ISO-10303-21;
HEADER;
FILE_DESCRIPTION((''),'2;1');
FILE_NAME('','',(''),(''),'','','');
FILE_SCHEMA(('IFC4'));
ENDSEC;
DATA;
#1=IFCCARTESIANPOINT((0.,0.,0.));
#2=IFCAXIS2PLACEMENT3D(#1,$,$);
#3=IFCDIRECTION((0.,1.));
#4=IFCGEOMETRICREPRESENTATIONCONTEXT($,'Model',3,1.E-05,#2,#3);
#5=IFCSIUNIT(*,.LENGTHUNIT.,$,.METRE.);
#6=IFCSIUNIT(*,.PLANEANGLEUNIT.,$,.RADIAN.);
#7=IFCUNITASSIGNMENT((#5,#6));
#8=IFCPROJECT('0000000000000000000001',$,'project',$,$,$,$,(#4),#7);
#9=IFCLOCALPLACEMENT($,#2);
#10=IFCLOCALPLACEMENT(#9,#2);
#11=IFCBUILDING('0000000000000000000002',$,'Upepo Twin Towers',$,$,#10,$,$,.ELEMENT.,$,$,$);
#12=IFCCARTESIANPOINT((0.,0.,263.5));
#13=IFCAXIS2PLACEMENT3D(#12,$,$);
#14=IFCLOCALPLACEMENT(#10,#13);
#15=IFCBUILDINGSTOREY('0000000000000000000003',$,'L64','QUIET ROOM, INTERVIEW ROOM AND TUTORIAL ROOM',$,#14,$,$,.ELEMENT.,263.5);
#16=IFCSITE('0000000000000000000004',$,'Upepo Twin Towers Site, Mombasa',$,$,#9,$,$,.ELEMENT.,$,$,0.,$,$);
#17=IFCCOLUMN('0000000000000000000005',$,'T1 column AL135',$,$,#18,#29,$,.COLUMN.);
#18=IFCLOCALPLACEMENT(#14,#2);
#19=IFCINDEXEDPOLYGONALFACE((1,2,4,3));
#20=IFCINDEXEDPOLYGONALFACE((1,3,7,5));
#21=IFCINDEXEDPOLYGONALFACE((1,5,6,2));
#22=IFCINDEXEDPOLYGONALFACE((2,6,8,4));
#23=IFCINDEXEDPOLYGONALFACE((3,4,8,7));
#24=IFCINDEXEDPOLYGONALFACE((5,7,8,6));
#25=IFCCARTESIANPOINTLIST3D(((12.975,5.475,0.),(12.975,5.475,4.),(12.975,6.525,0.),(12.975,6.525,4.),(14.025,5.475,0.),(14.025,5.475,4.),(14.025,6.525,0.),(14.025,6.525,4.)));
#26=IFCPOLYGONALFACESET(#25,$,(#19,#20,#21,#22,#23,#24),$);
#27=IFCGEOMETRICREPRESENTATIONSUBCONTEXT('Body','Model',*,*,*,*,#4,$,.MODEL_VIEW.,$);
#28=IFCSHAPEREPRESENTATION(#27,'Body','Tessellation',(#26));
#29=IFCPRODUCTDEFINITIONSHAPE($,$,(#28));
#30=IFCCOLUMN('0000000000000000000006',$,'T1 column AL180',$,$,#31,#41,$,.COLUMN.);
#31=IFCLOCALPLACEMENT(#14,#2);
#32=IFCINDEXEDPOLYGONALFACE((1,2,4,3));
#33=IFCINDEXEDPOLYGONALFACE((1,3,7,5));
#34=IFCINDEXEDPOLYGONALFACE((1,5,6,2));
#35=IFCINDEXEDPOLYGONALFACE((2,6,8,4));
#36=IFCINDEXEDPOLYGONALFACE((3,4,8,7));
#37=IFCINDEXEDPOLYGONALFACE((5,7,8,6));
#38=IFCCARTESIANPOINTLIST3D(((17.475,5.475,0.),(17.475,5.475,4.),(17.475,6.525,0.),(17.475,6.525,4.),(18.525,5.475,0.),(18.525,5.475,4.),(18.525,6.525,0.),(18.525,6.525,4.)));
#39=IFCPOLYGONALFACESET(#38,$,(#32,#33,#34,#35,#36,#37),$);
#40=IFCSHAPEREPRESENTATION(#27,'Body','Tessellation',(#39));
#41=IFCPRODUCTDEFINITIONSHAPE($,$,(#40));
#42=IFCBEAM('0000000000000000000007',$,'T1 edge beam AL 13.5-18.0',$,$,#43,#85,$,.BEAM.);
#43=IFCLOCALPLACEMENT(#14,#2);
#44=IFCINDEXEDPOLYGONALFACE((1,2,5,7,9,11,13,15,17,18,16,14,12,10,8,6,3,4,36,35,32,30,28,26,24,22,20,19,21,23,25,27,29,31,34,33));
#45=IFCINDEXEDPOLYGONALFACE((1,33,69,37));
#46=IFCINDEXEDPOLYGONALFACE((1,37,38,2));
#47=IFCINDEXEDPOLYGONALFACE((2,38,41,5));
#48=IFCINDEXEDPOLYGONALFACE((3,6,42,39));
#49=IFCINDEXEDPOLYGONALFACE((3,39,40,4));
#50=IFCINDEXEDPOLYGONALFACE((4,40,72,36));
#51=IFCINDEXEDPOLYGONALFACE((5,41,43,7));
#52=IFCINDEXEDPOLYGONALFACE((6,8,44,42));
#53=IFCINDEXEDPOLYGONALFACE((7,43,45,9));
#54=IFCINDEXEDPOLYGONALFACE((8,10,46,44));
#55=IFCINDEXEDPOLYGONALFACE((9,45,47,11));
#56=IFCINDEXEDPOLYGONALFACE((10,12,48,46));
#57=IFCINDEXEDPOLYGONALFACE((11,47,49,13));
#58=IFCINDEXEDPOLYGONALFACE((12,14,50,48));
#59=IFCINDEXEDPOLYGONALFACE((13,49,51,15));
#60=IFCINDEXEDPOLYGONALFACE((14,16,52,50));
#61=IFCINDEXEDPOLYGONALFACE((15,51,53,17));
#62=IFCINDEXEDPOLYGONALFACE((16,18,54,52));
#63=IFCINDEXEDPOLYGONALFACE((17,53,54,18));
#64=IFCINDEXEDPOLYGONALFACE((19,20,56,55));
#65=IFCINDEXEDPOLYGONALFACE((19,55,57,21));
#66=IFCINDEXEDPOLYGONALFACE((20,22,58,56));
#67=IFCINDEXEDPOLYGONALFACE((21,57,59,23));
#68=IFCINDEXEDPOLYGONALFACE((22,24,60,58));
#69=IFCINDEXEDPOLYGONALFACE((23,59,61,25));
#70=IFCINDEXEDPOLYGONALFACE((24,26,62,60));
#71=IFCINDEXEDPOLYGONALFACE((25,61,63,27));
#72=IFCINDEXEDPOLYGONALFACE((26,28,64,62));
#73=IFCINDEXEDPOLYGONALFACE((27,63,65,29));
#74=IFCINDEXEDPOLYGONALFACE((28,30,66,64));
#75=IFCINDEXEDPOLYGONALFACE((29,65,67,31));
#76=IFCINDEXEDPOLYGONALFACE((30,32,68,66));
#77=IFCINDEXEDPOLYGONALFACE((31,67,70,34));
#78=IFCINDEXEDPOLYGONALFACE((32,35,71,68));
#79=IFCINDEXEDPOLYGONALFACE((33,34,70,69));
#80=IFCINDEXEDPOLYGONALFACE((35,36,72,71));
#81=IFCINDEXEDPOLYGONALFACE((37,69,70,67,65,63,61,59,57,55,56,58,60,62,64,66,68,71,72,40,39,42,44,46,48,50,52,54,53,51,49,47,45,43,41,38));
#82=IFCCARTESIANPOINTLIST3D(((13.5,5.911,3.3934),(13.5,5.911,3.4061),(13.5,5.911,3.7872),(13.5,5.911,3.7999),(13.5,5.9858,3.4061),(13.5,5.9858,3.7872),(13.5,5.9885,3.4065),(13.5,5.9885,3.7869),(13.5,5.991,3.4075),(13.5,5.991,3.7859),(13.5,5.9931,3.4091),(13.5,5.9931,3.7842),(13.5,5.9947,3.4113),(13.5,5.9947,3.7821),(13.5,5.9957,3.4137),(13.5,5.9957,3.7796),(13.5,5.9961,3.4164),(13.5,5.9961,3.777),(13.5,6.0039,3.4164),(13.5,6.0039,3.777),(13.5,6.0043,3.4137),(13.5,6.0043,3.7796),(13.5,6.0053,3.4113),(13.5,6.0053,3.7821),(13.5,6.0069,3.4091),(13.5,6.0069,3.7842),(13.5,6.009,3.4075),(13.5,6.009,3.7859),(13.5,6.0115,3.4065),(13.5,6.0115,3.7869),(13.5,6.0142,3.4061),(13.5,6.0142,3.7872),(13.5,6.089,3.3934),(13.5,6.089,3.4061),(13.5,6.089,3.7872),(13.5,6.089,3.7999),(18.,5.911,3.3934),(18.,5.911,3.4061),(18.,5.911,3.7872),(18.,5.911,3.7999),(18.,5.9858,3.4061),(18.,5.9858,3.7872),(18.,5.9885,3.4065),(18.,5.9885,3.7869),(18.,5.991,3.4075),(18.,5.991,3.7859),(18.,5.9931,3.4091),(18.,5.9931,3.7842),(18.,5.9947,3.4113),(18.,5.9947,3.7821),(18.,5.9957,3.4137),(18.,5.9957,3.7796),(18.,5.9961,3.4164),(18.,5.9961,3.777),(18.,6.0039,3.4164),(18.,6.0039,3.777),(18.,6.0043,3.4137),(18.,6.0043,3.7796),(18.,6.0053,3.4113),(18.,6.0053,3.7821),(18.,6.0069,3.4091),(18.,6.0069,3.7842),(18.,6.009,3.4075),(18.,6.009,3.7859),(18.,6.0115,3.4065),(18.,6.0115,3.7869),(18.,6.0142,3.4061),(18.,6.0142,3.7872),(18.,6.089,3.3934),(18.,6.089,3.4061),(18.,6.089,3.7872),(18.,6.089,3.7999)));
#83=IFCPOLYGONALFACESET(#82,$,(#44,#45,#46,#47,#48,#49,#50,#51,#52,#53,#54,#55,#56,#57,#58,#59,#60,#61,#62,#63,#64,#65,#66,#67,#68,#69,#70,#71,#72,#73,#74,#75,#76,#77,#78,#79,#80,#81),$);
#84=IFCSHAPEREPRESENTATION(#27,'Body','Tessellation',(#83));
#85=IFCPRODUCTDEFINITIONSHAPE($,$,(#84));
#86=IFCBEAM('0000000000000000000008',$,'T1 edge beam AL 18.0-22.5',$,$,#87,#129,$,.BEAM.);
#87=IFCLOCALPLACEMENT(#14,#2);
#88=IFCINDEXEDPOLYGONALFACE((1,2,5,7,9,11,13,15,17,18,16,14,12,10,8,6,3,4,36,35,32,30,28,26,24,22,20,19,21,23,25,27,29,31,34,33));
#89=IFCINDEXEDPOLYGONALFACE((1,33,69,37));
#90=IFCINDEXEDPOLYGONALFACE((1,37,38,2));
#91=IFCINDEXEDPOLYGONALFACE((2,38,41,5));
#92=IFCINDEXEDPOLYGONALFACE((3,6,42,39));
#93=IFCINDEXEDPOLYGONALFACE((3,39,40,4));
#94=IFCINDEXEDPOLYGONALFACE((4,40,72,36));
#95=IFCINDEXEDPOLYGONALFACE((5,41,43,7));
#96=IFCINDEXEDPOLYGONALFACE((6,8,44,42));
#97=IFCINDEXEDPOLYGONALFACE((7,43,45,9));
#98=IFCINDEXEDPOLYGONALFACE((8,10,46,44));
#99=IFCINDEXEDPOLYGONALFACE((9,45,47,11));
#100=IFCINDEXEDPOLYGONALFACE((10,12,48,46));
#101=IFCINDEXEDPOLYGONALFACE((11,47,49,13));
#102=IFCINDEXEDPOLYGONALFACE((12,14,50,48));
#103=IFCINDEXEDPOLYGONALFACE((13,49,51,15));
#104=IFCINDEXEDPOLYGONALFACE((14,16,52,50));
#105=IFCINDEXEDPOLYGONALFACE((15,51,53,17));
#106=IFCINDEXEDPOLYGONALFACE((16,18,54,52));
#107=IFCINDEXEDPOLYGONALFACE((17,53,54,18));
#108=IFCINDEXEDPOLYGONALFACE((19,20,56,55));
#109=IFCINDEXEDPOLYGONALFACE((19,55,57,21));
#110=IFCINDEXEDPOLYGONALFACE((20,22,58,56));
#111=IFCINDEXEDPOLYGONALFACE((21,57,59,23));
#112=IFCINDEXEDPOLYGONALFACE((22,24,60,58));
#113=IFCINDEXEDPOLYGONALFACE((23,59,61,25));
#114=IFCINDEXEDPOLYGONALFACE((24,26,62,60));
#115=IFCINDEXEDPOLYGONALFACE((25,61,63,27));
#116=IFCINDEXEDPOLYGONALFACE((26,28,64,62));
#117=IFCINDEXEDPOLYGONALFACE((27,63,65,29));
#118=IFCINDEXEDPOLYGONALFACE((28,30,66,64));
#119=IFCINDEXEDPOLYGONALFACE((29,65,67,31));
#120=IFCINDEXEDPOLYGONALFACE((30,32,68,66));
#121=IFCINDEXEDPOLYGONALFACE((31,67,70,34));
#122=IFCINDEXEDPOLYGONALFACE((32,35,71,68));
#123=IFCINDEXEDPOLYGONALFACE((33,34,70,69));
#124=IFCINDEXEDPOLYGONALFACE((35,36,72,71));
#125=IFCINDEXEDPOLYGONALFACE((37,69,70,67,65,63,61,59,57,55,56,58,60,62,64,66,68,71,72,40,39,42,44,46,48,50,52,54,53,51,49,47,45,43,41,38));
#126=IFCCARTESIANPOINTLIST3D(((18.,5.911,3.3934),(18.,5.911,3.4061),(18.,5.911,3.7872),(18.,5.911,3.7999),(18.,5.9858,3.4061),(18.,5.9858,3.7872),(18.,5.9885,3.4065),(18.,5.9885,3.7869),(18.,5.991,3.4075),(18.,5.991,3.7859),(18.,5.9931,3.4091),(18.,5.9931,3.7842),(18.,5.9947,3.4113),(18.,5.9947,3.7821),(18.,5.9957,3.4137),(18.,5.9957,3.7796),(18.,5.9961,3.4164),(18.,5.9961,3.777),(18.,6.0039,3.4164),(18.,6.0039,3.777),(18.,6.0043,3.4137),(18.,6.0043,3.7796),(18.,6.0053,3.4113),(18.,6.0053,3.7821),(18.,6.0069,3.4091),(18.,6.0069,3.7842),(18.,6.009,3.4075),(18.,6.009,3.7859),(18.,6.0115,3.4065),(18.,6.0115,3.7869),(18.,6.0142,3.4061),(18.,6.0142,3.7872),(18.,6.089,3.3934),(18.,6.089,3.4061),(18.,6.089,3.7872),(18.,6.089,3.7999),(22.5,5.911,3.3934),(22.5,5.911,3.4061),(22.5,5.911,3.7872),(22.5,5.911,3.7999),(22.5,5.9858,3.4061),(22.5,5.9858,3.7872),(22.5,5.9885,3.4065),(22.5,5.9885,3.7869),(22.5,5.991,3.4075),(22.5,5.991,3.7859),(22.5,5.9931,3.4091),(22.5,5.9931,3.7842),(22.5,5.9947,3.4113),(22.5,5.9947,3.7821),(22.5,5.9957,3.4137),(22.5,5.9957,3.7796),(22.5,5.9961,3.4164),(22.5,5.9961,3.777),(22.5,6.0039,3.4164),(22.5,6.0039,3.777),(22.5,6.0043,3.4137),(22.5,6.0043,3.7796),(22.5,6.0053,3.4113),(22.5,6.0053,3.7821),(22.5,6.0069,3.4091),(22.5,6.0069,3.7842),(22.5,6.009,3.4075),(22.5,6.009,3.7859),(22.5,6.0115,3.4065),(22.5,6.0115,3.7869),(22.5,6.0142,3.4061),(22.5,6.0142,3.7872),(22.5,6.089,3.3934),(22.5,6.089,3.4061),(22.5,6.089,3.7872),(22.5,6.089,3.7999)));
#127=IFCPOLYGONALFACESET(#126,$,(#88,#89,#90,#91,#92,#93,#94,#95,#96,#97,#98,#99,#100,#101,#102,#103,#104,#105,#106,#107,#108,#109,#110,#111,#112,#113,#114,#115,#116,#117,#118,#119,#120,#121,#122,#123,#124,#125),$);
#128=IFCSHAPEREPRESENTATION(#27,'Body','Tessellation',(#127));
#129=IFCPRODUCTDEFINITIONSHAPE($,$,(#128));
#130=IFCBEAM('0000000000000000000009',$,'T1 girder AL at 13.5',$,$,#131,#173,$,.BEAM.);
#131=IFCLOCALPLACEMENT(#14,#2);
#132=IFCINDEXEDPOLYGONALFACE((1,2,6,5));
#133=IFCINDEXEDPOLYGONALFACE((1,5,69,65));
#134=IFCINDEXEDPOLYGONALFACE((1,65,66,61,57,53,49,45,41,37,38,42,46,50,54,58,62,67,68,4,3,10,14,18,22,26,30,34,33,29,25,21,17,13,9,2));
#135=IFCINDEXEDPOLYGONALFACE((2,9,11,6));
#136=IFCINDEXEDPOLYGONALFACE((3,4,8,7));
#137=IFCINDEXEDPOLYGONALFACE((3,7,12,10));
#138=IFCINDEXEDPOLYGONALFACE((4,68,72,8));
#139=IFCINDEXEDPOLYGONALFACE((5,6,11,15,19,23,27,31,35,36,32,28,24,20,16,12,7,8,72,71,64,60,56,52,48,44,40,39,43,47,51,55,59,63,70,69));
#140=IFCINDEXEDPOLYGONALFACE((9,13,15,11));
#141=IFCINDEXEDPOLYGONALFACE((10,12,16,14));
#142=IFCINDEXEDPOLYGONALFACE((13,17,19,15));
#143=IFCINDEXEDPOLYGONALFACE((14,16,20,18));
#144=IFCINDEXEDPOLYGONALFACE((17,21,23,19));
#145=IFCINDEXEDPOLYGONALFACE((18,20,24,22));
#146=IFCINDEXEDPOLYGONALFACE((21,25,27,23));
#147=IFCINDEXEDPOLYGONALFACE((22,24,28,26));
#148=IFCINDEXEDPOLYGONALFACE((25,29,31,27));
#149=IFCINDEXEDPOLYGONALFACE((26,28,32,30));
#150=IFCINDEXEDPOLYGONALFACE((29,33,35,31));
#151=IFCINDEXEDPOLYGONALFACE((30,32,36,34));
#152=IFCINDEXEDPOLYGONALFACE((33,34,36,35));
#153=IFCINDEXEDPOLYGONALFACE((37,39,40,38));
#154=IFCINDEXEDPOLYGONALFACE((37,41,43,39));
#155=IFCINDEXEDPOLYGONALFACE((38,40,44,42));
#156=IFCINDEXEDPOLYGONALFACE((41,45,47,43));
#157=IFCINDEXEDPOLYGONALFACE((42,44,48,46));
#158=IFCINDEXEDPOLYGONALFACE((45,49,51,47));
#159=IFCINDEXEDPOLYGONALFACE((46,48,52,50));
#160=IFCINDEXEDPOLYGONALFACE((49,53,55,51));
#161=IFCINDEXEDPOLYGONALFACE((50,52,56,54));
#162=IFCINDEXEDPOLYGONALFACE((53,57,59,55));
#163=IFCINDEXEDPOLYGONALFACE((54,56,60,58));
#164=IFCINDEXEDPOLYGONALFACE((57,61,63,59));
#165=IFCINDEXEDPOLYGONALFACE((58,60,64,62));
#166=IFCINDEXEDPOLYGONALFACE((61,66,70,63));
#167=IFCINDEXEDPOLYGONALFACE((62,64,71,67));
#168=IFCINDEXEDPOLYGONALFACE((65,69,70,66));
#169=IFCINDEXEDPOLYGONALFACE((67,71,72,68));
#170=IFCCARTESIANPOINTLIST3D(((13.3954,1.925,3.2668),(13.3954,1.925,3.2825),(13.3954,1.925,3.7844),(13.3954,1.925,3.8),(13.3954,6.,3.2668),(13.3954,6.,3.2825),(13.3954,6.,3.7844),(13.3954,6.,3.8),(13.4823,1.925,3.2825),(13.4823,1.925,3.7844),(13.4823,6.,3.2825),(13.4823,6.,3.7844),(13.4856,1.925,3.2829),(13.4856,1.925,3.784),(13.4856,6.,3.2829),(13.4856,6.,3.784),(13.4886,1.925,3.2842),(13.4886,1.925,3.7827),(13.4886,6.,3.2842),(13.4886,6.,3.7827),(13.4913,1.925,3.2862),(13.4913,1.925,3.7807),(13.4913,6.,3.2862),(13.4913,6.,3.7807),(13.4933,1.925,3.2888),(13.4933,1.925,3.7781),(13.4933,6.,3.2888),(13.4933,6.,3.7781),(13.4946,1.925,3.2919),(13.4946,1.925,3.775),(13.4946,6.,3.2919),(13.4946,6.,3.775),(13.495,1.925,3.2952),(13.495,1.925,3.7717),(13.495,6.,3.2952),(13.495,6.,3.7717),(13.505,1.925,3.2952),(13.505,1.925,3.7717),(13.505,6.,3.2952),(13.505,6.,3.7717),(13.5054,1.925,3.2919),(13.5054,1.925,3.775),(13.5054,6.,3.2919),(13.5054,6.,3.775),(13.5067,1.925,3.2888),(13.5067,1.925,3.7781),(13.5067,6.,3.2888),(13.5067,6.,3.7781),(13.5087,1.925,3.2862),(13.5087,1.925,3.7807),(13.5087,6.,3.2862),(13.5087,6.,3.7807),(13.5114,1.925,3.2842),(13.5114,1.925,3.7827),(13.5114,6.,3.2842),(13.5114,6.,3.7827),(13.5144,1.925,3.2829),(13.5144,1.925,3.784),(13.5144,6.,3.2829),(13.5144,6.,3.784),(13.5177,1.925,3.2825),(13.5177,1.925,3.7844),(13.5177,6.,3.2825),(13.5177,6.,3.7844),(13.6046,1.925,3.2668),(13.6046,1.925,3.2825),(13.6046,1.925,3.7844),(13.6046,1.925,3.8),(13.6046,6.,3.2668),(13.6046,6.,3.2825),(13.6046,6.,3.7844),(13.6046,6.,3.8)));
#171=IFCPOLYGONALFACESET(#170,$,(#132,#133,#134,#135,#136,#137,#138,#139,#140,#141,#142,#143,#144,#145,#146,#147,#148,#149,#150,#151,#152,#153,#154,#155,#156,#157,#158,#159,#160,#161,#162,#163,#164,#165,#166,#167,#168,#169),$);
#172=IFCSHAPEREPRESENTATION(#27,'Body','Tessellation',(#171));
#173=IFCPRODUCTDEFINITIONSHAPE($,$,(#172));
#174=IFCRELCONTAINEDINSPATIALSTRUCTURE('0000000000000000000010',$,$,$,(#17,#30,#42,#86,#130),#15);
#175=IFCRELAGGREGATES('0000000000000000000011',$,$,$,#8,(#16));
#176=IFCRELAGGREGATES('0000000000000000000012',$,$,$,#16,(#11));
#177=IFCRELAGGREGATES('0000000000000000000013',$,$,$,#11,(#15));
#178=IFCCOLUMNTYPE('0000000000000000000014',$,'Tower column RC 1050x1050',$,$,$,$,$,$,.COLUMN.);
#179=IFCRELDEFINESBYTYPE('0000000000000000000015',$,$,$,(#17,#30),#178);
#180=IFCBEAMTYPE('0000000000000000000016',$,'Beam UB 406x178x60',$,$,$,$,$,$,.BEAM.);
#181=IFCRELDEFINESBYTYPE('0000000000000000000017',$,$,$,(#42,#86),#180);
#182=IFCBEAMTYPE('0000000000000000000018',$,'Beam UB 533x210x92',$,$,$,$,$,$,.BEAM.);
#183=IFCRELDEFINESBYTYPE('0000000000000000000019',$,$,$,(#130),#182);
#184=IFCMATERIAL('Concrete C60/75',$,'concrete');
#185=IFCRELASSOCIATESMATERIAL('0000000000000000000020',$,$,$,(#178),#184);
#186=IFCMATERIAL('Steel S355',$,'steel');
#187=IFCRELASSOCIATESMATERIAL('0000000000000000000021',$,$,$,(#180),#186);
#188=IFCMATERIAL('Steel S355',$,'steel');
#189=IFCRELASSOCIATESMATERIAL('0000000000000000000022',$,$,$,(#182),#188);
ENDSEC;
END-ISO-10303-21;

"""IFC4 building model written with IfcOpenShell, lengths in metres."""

from ifc_helpers import new_model, si_unit, direction, frame, origin, origin_2d, place, context, subcontext, project, spatial, rectangle, i_section, extrude, material, material_profile, profile_set, type_object, element, save


model = new_model("IFC4")

# Units and contexts
model_context = context("Model", 3, precision=1e-05, world=origin(), true_north=direction((0.0, 1.0)))
body_context = subcontext(model_context, "Body", "Model", "MODEL_VIEW")
ifc_project = project(units=[si_unit("LENGTHUNIT", "METRE"), si_unit("PLANEANGLEUNIT", "RADIAN")], contexts=[model_context])

# Site, building, storey
site_placement = place(None, origin())
site = spatial("IfcSite", under=ifc_project, at=site_placement, Name="Upepo Twin Towers Site, Mombasa", CompositionType="ELEMENT", RefElevation=0.0)
building_placement = place(site_placement, origin())
building = spatial("IfcBuilding", under=site, at=building_placement, Name="Upepo Twin Towers", CompositionType="ELEMENT")
storey_placement = place(building_placement, frame((0.0, 0.0, 263.5)))
storey = spatial("IfcBuildingStorey", under=building, at=storey_placement, Name="L64", Description="QUIET ROOM, INTERVIEW ROOM AND TUTORIAL ROOM", CompositionType="ELEMENT", Elevation=263.5)

# Columns
ifc_material_1 = material(Name="Concrete C60/75", Category="concrete")
ifc_material_profile_1 = material_profile(ifc_material_1, rectangle(XDim=1.05, YDim=1.05, at=origin_2d()), Name="RC 1050x1050")
ifc_profile_set_1 = profile_set([ifc_material_profile_1], Name="Concrete C60/75")
column_type = type_object("IfcColumnType", Name="Tower column RC 1050x1050", PredefinedType="COLUMN", material=ifc_profile_set_1)
for number, where, z_axis, x_axis, name in (
    (1, (13.5, 6.0, 0.0), (0.0, 0.0, 1.0), (1.0, 0.0, 0.0), "T1 column AL135"),
    (2, (18.0, 6.0, 0.0), (0.0, 0.0, 1.0), (1.0, 0.0, 0.0), "T1 column AL180"),
):
    element("IfcColumn", number, at=place(storey_placement, frame(where, z_axis=z_axis, x_axis=x_axis)), inside=storey, type_object=column_type, Name=name, PredefinedType="COLUMN", context=body_context, shape_type="SweptSolid", body=[
        extrude(rectangle(XDim=1.05, YDim=1.05, at=origin_2d()), origin(), (0.0, 0.0, 1.0), 4.0),
    ])

# Beams
ifc_material_2 = material(Name="Steel S355", Category="steel")
ifc_material_profile_2 = material_profile(ifc_material_2, i_section(OverallWidth=0.178, OverallDepth=0.4065, WebThickness=0.0078, FlangeThickness=0.0127, FilletRadius=0.0103, at=origin_2d()), Name="UB 406x178x60")
ifc_profile_set_2 = profile_set([ifc_material_profile_2], Name="Steel S355")
beam_type_1 = type_object("IfcBeamType", Name="Beam UB 406x178x60", PredefinedType="BEAM", material=ifc_profile_set_2)
for number, where, z_axis, x_axis, name in (
    (3, (13.5, 6.0, 3.5967), (1.0, 0.0, 0.0), (0.0, 1.0, 0.0), "T1 edge beam AL 13.5-18.0"),
    (4, (18.0, 6.0, 3.5967), (1.0, 0.0, 0.0), (0.0, 1.0, 0.0), "T1 edge beam AL 18.0-22.5"),
):
    element("IfcBeam", number, at=place(storey_placement, frame(where, z_axis=z_axis, x_axis=x_axis)), inside=storey, type_object=beam_type_1, Name=name, PredefinedType="BEAM", context=body_context, shape_type="SweptSolid", body=[
        extrude(i_section(OverallWidth=0.178, OverallDepth=0.4065, WebThickness=0.0078, FlangeThickness=0.0127, FilletRadius=0.0103, at=origin_2d()), origin(), (0.0, 0.0, 1.0), 4.5),
    ])
ifc_material_3 = material(Name="Steel S355", Category="steel")
ifc_material_profile_3 = material_profile(ifc_material_3, i_section(OverallWidth=0.2092, OverallDepth=0.5332, WebThickness=0.01, FlangeThickness=0.0156, FilletRadius=0.0127, at=origin_2d()), Name="UB 533x210x92")
ifc_profile_set_3 = profile_set([ifc_material_profile_3], Name="Steel S355")
beam_type_2 = type_object("IfcBeamType", Name="Beam UB 533x210x92", PredefinedType="BEAM", material=ifc_profile_set_3)
for number, where, z_axis, x_axis, name in (
    (5, (13.5, 6.0, 3.5334), (0.0, -1.0, 0.0), (1.0, 0.0, 0.0), "T1 girder AL at 13.5"),
):
    element("IfcBeam", number, at=place(storey_placement, frame(where, z_axis=z_axis, x_axis=x_axis)), inside=storey, type_object=beam_type_2, Name=name, PredefinedType="BEAM", context=body_context, shape_type="SweptSolid", body=[
        extrude(i_section(OverallWidth=0.2092, OverallDepth=0.5332, WebThickness=0.01, FlangeThickness=0.0156, FilletRadius=0.0127, at=origin_2d()), origin(), (0.0, 0.0, 1.0), 4.075),
    ])

save(model, "model.ifc")
